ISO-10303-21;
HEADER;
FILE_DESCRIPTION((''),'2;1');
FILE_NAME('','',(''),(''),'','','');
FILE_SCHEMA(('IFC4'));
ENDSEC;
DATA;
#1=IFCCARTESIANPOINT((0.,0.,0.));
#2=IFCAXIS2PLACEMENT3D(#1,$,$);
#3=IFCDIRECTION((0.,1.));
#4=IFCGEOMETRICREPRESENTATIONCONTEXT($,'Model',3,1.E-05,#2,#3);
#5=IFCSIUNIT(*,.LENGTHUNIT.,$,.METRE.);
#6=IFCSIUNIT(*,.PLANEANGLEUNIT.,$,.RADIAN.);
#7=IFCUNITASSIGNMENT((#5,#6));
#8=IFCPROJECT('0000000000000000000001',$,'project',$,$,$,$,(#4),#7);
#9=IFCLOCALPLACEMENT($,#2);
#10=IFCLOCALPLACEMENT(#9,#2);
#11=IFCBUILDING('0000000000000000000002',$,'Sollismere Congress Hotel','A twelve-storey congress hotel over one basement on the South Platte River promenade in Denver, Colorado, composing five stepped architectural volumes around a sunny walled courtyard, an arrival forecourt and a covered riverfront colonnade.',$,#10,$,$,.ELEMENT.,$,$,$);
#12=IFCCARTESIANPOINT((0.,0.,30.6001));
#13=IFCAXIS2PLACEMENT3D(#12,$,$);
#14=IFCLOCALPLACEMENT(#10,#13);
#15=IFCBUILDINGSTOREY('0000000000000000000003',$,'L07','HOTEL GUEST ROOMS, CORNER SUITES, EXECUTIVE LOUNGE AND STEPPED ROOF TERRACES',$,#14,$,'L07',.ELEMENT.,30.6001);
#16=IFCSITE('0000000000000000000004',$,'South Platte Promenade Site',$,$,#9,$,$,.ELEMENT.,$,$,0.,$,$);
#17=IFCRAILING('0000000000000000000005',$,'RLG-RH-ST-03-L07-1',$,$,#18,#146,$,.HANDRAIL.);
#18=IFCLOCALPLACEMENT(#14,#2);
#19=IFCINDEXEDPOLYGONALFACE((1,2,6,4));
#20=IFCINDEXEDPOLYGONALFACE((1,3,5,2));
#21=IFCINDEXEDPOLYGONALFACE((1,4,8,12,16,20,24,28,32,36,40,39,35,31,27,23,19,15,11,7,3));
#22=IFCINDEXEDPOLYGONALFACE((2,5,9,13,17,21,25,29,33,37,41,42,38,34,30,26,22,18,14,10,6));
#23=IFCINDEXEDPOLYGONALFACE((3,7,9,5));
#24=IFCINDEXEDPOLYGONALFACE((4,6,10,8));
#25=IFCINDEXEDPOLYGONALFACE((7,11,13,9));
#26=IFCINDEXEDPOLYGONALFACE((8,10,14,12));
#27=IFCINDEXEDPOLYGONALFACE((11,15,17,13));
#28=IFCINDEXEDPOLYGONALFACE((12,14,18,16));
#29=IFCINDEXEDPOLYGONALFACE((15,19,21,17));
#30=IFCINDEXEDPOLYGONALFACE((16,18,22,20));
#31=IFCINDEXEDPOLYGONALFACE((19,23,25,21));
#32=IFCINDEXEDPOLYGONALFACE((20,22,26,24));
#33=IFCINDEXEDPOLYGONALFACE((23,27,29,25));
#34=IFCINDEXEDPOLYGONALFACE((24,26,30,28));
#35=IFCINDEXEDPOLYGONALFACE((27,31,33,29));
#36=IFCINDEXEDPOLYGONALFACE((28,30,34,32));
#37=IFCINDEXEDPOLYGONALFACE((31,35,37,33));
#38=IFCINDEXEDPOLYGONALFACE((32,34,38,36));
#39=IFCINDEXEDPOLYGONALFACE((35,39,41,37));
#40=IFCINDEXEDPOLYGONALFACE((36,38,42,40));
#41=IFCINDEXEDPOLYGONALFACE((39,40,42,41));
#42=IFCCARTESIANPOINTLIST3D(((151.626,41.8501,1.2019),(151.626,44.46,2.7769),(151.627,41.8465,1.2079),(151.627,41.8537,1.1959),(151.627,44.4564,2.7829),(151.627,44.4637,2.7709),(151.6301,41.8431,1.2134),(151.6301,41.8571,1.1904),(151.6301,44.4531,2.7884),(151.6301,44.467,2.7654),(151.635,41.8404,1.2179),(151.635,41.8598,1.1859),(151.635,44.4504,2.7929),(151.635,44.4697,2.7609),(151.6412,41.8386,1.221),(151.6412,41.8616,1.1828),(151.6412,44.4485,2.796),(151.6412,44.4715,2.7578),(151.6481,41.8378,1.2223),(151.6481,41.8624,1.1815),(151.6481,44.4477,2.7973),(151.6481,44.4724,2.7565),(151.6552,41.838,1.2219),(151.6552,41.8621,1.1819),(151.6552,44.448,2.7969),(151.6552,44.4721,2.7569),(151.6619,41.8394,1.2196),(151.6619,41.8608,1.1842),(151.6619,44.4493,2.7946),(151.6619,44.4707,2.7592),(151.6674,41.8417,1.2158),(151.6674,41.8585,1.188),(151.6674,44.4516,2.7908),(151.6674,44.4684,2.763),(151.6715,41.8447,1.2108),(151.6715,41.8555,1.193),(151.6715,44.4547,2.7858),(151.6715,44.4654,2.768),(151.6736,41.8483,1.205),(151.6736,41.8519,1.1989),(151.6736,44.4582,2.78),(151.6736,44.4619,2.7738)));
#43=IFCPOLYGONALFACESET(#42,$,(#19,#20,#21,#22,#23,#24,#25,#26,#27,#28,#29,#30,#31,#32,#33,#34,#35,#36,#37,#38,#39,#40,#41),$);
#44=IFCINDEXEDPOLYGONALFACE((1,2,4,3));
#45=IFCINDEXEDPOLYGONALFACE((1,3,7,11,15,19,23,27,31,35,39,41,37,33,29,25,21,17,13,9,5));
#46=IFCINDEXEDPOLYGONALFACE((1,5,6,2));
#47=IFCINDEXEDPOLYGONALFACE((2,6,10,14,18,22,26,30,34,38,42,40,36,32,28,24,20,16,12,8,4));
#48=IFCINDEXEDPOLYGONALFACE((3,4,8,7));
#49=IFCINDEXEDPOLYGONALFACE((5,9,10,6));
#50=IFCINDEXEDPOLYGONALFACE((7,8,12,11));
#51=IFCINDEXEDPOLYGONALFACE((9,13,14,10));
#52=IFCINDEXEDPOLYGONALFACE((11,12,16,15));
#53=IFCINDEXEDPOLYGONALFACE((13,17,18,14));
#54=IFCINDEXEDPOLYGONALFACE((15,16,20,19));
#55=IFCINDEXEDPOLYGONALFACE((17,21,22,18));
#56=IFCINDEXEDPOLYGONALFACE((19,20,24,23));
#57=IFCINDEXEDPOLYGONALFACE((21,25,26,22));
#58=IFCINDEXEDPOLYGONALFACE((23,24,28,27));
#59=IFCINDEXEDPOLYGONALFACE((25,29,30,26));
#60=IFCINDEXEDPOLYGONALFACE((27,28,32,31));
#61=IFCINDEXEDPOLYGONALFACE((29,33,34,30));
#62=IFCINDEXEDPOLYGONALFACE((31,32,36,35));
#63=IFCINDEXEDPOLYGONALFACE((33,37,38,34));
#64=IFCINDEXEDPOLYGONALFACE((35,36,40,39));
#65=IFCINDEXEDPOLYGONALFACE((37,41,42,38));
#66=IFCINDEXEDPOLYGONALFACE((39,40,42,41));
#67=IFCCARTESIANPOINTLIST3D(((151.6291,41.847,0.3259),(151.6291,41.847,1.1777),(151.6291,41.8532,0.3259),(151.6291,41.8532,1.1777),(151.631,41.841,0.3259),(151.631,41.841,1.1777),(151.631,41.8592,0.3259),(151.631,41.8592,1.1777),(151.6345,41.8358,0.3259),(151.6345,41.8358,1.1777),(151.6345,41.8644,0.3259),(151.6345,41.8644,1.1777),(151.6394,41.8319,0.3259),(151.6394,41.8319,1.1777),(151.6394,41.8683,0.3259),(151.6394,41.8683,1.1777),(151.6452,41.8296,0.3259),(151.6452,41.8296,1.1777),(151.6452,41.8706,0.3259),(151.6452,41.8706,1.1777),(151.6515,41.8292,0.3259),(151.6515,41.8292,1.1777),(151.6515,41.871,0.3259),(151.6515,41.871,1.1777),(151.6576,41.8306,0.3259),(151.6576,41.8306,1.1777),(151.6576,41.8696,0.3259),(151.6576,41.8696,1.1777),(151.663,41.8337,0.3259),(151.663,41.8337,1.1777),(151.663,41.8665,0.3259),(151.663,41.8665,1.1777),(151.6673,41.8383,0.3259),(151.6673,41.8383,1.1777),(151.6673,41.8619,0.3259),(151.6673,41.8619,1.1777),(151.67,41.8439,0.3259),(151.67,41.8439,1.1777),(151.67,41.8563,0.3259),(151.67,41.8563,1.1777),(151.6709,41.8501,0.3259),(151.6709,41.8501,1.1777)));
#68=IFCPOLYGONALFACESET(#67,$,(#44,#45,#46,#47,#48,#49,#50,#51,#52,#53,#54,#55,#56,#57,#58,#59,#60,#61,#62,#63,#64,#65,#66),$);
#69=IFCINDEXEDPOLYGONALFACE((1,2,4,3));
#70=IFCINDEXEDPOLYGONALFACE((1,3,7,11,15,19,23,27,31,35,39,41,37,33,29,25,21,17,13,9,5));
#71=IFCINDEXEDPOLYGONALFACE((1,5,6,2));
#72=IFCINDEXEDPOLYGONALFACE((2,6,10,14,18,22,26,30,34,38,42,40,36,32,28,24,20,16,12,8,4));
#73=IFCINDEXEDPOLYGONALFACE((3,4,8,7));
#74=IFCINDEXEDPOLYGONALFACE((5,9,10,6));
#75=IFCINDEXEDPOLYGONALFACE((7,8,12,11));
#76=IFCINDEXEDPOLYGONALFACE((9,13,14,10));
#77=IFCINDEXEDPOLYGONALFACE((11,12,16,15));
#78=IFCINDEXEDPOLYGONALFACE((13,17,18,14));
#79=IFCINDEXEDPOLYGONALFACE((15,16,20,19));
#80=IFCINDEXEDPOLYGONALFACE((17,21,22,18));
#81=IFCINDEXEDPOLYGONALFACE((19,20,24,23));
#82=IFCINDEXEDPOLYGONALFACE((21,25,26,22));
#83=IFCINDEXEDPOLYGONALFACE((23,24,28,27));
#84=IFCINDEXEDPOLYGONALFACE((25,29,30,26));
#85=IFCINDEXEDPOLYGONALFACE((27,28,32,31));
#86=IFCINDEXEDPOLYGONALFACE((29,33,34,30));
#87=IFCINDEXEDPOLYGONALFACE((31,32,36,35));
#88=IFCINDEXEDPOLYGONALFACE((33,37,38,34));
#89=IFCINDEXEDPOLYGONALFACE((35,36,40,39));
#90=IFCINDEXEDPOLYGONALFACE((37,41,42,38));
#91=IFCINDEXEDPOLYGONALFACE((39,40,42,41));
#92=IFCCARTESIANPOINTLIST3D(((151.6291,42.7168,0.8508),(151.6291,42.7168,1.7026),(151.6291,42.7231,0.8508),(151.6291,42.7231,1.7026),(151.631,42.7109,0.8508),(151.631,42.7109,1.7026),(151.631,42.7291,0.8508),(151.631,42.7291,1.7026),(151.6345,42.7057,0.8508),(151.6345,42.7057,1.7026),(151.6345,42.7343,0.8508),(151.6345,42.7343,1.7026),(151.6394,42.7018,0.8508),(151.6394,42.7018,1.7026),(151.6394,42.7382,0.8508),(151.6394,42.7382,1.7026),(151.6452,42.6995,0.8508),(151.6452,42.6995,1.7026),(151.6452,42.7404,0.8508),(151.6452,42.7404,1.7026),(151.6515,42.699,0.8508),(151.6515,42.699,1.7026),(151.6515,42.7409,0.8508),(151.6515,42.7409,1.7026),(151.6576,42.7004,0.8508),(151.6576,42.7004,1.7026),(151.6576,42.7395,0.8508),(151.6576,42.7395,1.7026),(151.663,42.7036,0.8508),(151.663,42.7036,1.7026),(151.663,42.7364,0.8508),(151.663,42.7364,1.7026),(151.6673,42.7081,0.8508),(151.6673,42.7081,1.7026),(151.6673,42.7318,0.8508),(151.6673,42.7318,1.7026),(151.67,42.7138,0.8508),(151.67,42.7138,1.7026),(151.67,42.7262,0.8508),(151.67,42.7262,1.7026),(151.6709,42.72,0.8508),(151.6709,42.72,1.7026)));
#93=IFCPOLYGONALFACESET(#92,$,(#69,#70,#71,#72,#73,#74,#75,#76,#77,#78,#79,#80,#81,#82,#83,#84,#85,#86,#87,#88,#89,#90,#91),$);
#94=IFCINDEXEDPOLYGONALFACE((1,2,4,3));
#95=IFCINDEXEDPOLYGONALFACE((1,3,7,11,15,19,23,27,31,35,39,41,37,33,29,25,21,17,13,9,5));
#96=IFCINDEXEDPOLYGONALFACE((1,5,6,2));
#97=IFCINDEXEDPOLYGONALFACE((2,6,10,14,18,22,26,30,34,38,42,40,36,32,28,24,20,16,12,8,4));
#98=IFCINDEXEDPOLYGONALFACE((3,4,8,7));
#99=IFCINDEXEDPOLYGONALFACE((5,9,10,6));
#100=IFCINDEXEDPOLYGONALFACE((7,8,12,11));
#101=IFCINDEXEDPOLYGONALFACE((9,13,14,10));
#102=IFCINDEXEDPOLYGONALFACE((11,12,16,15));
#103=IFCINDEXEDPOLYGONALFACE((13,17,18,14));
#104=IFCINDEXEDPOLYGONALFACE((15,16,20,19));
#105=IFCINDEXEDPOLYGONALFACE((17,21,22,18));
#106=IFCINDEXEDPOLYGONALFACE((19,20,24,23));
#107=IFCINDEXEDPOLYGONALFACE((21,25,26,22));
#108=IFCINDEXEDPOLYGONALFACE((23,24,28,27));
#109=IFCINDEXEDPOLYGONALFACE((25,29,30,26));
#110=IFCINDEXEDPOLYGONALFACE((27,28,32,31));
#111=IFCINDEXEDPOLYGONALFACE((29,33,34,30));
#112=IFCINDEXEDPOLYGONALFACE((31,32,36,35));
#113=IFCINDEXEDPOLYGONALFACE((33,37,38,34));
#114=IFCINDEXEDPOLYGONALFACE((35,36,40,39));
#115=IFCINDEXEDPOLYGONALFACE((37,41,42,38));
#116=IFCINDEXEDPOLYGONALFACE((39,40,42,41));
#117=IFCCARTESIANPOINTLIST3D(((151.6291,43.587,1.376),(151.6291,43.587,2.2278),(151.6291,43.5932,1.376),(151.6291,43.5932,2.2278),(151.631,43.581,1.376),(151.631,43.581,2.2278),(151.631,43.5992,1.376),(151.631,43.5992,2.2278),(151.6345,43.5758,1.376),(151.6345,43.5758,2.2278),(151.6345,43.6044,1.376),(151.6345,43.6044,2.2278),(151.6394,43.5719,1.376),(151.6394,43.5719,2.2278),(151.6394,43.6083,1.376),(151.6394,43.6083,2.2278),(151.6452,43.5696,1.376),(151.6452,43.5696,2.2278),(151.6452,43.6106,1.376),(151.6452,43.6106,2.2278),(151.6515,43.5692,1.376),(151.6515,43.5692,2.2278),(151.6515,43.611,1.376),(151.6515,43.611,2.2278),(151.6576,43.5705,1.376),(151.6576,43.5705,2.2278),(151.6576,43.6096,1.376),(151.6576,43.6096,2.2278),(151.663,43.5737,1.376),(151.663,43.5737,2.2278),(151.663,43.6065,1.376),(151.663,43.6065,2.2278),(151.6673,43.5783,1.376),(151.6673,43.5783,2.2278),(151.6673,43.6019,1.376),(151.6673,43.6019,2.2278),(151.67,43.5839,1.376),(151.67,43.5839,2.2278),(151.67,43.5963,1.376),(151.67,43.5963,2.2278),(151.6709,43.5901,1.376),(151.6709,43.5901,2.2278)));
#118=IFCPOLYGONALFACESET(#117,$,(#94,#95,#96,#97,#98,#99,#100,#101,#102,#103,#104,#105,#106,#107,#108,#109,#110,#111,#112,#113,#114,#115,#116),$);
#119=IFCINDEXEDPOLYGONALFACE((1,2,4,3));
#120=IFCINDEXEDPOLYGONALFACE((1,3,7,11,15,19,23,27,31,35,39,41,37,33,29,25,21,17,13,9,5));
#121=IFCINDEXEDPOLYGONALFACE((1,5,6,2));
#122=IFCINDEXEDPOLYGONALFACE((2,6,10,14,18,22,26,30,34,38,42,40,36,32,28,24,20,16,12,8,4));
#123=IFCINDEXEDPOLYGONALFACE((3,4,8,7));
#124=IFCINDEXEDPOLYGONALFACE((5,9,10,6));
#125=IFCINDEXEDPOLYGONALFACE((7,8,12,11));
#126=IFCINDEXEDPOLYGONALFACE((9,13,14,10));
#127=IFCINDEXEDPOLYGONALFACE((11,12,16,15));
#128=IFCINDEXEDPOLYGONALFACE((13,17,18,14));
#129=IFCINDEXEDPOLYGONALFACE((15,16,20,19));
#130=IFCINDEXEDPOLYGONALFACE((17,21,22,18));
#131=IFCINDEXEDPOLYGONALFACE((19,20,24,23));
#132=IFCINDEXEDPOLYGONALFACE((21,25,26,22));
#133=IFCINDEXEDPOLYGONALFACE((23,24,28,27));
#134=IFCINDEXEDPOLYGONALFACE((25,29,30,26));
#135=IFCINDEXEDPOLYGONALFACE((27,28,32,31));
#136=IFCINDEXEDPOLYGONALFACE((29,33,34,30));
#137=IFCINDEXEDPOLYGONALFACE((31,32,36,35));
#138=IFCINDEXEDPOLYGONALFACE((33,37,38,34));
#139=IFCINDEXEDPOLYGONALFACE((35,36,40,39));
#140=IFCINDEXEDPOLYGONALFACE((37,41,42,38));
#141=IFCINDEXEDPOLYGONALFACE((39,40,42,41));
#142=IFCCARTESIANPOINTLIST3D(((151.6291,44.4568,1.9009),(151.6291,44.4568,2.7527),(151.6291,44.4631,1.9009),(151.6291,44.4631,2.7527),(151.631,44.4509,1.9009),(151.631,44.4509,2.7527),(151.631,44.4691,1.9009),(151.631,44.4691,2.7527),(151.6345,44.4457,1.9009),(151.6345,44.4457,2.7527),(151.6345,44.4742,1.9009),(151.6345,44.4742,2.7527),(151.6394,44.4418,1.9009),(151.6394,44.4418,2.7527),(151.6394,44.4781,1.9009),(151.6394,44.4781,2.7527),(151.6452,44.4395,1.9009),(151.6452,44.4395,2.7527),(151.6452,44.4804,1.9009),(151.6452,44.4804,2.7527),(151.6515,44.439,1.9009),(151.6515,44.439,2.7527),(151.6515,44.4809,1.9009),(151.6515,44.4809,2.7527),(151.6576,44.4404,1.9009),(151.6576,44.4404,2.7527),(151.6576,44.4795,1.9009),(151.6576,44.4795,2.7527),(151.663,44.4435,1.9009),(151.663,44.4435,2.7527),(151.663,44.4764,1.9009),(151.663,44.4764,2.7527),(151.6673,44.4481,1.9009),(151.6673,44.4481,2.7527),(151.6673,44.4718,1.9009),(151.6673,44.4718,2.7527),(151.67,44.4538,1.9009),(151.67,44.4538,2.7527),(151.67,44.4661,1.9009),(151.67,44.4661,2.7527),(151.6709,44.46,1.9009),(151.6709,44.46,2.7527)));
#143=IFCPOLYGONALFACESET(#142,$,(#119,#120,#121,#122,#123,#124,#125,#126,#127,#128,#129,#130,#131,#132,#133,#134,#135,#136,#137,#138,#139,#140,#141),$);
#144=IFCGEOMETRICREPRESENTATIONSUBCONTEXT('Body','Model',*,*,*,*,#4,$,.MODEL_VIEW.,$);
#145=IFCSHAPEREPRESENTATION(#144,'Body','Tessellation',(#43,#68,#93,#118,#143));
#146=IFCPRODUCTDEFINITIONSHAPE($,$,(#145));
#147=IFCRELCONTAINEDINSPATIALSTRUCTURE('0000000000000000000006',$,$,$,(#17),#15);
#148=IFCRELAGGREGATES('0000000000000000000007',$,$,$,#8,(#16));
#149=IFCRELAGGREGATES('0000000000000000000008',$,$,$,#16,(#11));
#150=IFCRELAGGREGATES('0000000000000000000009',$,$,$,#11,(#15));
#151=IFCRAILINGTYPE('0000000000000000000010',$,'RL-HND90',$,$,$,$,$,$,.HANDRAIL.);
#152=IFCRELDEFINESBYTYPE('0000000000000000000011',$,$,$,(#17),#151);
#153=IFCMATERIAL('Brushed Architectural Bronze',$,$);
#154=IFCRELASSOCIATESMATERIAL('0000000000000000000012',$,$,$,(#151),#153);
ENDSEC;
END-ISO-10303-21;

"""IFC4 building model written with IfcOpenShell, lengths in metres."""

from ifc_helpers import new_model, si_unit, direction, frame, origin, origin_2d, place, context, subcontext, project, spatial, circle, extrude, material, type_object, element, save


model = new_model("IFC4")

# Units and contexts
model_context = context("Model", 3, precision=1e-05, world=origin(), true_north=direction((0.0, 1.0)))
body_context = subcontext(model_context, "Body", "Model", "MODEL_VIEW")
ifc_project = project(units=[si_unit("LENGTHUNIT", "METRE"), si_unit("PLANEANGLEUNIT", "RADIAN")], contexts=[model_context])

# Site, building, storey
site_placement = place(None, origin())
site = spatial("IfcSite", under=ifc_project, at=site_placement, Name="South Platte Promenade Site", CompositionType="ELEMENT", RefElevation=0.0)
building_placement = place(site_placement, origin())
building = spatial("IfcBuilding", under=site, at=building_placement, Name="Sollismere Congress Hotel", Description="A twelve-storey congress hotel over one basement on the South Platte River promenade in Denver, Colorado, composing five stepped architectural volumes around a sunny walled courtyard, an arrival forecourt and a covered riverfront colonnade.", CompositionType="ELEMENT")
storey_placement = place(building_placement, frame((0.0, 0.0, 30.6001)))
storey = spatial("IfcBuildingStorey", under=building, at=storey_placement, Name="L07", Description="HOTEL GUEST ROOMS, CORNER SUITES, EXECUTIVE LOUNGE AND STEPPED ROOF TERRACES", LongName="L07", CompositionType="ELEMENT", Elevation=30.6001)

# Railing
ifc_material_1 = material(Name="Brushed Architectural Bronze")
railing_type_1 = type_object("IfcRailingType", Name="RL-HND90", PredefinedType="HANDRAIL", material=ifc_material_1)
railing_1_placement = place(storey_placement, frame((151.6499, 41.8501, 0.3259)))
element("IfcRailing", 1, at=railing_1_placement, inside=storey, type_object=railing_type_1, Name="RLG-RH-ST-03-L07-1", PredefinedType="HANDRAIL", context=body_context, shape_type="SweptSolid", body=[
    extrude(circle(Radius=0.0239, at=origin_2d()), frame((0.0, 0.0, 0.876), z_axis=(0.0, 0.856183, 0.516673), x_axis=(-1.0, 0.0, 0.0)), (0.0, 0.0, 1.0), 3.0483),
    extrude(circle(Radius=0.021, at=origin_2d()), origin(), (0.0, 0.0, 1.0), 0.8518),
    extrude(circle(Radius=0.021, at=origin_2d()), frame((0.0, 0.8699, 0.5249)), (0.0, 0.0, 1.0), 0.8518),
    extrude(circle(Radius=0.021, at=origin_2d()), frame((0.0, 1.74, 1.05)), (0.0, 0.0, 1.0), 0.8518),
    extrude(circle(Radius=0.021, at=origin_2d()), frame((0.0, 2.6099, 1.575)), (0.0, 0.0, 1.0), 0.8518),
])

save(model, "model.ifc")
